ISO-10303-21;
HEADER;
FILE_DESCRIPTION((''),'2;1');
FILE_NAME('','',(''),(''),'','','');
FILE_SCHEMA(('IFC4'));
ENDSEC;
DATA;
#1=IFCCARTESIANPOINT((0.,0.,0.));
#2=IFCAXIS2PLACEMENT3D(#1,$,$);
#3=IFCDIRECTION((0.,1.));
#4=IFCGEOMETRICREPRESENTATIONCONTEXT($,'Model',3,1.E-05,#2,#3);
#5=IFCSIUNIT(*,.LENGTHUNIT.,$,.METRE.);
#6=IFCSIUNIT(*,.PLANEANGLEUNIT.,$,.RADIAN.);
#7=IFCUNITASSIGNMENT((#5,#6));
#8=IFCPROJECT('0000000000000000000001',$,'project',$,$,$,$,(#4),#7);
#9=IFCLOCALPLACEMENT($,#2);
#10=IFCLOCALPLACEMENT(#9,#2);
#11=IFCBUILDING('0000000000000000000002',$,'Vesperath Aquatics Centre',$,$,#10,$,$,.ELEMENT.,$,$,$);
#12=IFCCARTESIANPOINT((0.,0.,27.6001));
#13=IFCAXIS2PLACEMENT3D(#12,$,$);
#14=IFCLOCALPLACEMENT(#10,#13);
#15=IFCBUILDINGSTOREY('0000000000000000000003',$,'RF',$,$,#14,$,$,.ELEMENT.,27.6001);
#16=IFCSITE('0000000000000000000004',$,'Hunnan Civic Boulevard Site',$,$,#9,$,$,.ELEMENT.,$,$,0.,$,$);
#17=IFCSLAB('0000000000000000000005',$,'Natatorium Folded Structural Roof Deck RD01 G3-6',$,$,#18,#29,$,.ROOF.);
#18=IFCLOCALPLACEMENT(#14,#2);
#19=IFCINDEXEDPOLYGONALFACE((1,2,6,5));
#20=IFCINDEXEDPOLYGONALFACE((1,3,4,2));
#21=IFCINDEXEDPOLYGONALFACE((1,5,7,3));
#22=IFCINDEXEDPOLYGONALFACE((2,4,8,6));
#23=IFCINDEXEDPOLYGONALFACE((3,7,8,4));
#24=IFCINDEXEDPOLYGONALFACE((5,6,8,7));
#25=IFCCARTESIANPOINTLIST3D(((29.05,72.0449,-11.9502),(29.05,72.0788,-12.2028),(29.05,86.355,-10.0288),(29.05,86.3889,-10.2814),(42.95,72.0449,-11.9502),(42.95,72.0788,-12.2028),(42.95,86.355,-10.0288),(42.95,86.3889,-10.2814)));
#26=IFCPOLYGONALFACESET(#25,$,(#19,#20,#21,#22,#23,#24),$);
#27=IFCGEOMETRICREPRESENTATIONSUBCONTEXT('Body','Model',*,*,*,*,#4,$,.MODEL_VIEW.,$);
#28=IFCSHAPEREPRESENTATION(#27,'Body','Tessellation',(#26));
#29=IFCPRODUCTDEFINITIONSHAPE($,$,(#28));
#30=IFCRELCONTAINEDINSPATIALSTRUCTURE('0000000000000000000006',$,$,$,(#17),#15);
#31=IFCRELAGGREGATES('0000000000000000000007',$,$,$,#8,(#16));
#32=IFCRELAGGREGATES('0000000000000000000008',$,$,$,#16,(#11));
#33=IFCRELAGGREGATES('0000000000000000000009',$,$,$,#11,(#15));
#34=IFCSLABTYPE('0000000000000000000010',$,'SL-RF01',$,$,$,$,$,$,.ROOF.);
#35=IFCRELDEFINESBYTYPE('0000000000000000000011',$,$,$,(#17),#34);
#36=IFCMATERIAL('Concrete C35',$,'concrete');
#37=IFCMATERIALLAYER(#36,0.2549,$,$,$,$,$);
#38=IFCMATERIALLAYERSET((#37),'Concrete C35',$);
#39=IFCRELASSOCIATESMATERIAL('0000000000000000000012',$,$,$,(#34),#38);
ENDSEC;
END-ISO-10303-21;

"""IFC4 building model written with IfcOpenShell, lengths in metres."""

from ifc_helpers import new_model, si_unit, direction, frame, origin, place, context, subcontext, project, spatial, polyline, outline, extrude, material, layer, layer_set, type_object, element, save


model = new_model("IFC4")

# Units and contexts
model_context = context("Model", 3, precision=1e-05, world=origin(), true_north=direction((0.0, 1.0)))
body_context = subcontext(model_context, "Body", "Model", "MODEL_VIEW")
ifc_project = project(units=[si_unit("LENGTHUNIT", "METRE"), si_unit("PLANEANGLEUNIT", "RADIAN")], contexts=[model_context])

# Site, building, storey
site_placement = place(None, origin())
site = spatial("IfcSite", under=ifc_project, at=site_placement, Name="Hunnan Civic Boulevard Site", CompositionType="ELEMENT", RefElevation=0.0)
building_placement = place(site_placement, origin())
building = spatial("IfcBuilding", under=site, at=building_placement, Name="Vesperath Aquatics Centre", CompositionType="ELEMENT")
storey_placement = place(building_placement, frame((0.0, 0.0, 27.6001)))
storey = spatial("IfcBuildingStorey", under=building, at=storey_placement, Name="RF", CompositionType="ELEMENT", Elevation=27.6001)

# Slab
ifc_material_1 = material(Name="Concrete C35", Category="concrete")
ifc_layer_1 = layer(ifc_material_1, 0.2549)
ifc_layer_set_1 = layer_set([ifc_layer_1], Name="Concrete C35")
slab_type = type_object("IfcSlabType", Name="SL-RF01", PredefinedType="ROOF", material=ifc_layer_set_1)
slab_placement = place(storey_placement, frame((29.05, 72.0449, -11.9502), z_axis=(0.0, -0.133074, 0.991106), x_axis=(1.0, 0.0, 0.0)))
element("IfcSlab", 1, at=slab_placement, inside=storey, type_object=slab_type, Name="Natatorium Folded Structural Roof Deck RD01 G3-6", PredefinedType="ROOF", context=body_context, shape_type="SweptSolid", body=[
    extrude(outline(polyline([(0.0, 0.0), (13.8999, 0.0), (13.8999, 14.4385), (0.0, 14.4385), (0.0, 0.0)])), origin(), (0.0, 0.0, -1.0), 0.2549),
])

save(model, "model.ifc")
